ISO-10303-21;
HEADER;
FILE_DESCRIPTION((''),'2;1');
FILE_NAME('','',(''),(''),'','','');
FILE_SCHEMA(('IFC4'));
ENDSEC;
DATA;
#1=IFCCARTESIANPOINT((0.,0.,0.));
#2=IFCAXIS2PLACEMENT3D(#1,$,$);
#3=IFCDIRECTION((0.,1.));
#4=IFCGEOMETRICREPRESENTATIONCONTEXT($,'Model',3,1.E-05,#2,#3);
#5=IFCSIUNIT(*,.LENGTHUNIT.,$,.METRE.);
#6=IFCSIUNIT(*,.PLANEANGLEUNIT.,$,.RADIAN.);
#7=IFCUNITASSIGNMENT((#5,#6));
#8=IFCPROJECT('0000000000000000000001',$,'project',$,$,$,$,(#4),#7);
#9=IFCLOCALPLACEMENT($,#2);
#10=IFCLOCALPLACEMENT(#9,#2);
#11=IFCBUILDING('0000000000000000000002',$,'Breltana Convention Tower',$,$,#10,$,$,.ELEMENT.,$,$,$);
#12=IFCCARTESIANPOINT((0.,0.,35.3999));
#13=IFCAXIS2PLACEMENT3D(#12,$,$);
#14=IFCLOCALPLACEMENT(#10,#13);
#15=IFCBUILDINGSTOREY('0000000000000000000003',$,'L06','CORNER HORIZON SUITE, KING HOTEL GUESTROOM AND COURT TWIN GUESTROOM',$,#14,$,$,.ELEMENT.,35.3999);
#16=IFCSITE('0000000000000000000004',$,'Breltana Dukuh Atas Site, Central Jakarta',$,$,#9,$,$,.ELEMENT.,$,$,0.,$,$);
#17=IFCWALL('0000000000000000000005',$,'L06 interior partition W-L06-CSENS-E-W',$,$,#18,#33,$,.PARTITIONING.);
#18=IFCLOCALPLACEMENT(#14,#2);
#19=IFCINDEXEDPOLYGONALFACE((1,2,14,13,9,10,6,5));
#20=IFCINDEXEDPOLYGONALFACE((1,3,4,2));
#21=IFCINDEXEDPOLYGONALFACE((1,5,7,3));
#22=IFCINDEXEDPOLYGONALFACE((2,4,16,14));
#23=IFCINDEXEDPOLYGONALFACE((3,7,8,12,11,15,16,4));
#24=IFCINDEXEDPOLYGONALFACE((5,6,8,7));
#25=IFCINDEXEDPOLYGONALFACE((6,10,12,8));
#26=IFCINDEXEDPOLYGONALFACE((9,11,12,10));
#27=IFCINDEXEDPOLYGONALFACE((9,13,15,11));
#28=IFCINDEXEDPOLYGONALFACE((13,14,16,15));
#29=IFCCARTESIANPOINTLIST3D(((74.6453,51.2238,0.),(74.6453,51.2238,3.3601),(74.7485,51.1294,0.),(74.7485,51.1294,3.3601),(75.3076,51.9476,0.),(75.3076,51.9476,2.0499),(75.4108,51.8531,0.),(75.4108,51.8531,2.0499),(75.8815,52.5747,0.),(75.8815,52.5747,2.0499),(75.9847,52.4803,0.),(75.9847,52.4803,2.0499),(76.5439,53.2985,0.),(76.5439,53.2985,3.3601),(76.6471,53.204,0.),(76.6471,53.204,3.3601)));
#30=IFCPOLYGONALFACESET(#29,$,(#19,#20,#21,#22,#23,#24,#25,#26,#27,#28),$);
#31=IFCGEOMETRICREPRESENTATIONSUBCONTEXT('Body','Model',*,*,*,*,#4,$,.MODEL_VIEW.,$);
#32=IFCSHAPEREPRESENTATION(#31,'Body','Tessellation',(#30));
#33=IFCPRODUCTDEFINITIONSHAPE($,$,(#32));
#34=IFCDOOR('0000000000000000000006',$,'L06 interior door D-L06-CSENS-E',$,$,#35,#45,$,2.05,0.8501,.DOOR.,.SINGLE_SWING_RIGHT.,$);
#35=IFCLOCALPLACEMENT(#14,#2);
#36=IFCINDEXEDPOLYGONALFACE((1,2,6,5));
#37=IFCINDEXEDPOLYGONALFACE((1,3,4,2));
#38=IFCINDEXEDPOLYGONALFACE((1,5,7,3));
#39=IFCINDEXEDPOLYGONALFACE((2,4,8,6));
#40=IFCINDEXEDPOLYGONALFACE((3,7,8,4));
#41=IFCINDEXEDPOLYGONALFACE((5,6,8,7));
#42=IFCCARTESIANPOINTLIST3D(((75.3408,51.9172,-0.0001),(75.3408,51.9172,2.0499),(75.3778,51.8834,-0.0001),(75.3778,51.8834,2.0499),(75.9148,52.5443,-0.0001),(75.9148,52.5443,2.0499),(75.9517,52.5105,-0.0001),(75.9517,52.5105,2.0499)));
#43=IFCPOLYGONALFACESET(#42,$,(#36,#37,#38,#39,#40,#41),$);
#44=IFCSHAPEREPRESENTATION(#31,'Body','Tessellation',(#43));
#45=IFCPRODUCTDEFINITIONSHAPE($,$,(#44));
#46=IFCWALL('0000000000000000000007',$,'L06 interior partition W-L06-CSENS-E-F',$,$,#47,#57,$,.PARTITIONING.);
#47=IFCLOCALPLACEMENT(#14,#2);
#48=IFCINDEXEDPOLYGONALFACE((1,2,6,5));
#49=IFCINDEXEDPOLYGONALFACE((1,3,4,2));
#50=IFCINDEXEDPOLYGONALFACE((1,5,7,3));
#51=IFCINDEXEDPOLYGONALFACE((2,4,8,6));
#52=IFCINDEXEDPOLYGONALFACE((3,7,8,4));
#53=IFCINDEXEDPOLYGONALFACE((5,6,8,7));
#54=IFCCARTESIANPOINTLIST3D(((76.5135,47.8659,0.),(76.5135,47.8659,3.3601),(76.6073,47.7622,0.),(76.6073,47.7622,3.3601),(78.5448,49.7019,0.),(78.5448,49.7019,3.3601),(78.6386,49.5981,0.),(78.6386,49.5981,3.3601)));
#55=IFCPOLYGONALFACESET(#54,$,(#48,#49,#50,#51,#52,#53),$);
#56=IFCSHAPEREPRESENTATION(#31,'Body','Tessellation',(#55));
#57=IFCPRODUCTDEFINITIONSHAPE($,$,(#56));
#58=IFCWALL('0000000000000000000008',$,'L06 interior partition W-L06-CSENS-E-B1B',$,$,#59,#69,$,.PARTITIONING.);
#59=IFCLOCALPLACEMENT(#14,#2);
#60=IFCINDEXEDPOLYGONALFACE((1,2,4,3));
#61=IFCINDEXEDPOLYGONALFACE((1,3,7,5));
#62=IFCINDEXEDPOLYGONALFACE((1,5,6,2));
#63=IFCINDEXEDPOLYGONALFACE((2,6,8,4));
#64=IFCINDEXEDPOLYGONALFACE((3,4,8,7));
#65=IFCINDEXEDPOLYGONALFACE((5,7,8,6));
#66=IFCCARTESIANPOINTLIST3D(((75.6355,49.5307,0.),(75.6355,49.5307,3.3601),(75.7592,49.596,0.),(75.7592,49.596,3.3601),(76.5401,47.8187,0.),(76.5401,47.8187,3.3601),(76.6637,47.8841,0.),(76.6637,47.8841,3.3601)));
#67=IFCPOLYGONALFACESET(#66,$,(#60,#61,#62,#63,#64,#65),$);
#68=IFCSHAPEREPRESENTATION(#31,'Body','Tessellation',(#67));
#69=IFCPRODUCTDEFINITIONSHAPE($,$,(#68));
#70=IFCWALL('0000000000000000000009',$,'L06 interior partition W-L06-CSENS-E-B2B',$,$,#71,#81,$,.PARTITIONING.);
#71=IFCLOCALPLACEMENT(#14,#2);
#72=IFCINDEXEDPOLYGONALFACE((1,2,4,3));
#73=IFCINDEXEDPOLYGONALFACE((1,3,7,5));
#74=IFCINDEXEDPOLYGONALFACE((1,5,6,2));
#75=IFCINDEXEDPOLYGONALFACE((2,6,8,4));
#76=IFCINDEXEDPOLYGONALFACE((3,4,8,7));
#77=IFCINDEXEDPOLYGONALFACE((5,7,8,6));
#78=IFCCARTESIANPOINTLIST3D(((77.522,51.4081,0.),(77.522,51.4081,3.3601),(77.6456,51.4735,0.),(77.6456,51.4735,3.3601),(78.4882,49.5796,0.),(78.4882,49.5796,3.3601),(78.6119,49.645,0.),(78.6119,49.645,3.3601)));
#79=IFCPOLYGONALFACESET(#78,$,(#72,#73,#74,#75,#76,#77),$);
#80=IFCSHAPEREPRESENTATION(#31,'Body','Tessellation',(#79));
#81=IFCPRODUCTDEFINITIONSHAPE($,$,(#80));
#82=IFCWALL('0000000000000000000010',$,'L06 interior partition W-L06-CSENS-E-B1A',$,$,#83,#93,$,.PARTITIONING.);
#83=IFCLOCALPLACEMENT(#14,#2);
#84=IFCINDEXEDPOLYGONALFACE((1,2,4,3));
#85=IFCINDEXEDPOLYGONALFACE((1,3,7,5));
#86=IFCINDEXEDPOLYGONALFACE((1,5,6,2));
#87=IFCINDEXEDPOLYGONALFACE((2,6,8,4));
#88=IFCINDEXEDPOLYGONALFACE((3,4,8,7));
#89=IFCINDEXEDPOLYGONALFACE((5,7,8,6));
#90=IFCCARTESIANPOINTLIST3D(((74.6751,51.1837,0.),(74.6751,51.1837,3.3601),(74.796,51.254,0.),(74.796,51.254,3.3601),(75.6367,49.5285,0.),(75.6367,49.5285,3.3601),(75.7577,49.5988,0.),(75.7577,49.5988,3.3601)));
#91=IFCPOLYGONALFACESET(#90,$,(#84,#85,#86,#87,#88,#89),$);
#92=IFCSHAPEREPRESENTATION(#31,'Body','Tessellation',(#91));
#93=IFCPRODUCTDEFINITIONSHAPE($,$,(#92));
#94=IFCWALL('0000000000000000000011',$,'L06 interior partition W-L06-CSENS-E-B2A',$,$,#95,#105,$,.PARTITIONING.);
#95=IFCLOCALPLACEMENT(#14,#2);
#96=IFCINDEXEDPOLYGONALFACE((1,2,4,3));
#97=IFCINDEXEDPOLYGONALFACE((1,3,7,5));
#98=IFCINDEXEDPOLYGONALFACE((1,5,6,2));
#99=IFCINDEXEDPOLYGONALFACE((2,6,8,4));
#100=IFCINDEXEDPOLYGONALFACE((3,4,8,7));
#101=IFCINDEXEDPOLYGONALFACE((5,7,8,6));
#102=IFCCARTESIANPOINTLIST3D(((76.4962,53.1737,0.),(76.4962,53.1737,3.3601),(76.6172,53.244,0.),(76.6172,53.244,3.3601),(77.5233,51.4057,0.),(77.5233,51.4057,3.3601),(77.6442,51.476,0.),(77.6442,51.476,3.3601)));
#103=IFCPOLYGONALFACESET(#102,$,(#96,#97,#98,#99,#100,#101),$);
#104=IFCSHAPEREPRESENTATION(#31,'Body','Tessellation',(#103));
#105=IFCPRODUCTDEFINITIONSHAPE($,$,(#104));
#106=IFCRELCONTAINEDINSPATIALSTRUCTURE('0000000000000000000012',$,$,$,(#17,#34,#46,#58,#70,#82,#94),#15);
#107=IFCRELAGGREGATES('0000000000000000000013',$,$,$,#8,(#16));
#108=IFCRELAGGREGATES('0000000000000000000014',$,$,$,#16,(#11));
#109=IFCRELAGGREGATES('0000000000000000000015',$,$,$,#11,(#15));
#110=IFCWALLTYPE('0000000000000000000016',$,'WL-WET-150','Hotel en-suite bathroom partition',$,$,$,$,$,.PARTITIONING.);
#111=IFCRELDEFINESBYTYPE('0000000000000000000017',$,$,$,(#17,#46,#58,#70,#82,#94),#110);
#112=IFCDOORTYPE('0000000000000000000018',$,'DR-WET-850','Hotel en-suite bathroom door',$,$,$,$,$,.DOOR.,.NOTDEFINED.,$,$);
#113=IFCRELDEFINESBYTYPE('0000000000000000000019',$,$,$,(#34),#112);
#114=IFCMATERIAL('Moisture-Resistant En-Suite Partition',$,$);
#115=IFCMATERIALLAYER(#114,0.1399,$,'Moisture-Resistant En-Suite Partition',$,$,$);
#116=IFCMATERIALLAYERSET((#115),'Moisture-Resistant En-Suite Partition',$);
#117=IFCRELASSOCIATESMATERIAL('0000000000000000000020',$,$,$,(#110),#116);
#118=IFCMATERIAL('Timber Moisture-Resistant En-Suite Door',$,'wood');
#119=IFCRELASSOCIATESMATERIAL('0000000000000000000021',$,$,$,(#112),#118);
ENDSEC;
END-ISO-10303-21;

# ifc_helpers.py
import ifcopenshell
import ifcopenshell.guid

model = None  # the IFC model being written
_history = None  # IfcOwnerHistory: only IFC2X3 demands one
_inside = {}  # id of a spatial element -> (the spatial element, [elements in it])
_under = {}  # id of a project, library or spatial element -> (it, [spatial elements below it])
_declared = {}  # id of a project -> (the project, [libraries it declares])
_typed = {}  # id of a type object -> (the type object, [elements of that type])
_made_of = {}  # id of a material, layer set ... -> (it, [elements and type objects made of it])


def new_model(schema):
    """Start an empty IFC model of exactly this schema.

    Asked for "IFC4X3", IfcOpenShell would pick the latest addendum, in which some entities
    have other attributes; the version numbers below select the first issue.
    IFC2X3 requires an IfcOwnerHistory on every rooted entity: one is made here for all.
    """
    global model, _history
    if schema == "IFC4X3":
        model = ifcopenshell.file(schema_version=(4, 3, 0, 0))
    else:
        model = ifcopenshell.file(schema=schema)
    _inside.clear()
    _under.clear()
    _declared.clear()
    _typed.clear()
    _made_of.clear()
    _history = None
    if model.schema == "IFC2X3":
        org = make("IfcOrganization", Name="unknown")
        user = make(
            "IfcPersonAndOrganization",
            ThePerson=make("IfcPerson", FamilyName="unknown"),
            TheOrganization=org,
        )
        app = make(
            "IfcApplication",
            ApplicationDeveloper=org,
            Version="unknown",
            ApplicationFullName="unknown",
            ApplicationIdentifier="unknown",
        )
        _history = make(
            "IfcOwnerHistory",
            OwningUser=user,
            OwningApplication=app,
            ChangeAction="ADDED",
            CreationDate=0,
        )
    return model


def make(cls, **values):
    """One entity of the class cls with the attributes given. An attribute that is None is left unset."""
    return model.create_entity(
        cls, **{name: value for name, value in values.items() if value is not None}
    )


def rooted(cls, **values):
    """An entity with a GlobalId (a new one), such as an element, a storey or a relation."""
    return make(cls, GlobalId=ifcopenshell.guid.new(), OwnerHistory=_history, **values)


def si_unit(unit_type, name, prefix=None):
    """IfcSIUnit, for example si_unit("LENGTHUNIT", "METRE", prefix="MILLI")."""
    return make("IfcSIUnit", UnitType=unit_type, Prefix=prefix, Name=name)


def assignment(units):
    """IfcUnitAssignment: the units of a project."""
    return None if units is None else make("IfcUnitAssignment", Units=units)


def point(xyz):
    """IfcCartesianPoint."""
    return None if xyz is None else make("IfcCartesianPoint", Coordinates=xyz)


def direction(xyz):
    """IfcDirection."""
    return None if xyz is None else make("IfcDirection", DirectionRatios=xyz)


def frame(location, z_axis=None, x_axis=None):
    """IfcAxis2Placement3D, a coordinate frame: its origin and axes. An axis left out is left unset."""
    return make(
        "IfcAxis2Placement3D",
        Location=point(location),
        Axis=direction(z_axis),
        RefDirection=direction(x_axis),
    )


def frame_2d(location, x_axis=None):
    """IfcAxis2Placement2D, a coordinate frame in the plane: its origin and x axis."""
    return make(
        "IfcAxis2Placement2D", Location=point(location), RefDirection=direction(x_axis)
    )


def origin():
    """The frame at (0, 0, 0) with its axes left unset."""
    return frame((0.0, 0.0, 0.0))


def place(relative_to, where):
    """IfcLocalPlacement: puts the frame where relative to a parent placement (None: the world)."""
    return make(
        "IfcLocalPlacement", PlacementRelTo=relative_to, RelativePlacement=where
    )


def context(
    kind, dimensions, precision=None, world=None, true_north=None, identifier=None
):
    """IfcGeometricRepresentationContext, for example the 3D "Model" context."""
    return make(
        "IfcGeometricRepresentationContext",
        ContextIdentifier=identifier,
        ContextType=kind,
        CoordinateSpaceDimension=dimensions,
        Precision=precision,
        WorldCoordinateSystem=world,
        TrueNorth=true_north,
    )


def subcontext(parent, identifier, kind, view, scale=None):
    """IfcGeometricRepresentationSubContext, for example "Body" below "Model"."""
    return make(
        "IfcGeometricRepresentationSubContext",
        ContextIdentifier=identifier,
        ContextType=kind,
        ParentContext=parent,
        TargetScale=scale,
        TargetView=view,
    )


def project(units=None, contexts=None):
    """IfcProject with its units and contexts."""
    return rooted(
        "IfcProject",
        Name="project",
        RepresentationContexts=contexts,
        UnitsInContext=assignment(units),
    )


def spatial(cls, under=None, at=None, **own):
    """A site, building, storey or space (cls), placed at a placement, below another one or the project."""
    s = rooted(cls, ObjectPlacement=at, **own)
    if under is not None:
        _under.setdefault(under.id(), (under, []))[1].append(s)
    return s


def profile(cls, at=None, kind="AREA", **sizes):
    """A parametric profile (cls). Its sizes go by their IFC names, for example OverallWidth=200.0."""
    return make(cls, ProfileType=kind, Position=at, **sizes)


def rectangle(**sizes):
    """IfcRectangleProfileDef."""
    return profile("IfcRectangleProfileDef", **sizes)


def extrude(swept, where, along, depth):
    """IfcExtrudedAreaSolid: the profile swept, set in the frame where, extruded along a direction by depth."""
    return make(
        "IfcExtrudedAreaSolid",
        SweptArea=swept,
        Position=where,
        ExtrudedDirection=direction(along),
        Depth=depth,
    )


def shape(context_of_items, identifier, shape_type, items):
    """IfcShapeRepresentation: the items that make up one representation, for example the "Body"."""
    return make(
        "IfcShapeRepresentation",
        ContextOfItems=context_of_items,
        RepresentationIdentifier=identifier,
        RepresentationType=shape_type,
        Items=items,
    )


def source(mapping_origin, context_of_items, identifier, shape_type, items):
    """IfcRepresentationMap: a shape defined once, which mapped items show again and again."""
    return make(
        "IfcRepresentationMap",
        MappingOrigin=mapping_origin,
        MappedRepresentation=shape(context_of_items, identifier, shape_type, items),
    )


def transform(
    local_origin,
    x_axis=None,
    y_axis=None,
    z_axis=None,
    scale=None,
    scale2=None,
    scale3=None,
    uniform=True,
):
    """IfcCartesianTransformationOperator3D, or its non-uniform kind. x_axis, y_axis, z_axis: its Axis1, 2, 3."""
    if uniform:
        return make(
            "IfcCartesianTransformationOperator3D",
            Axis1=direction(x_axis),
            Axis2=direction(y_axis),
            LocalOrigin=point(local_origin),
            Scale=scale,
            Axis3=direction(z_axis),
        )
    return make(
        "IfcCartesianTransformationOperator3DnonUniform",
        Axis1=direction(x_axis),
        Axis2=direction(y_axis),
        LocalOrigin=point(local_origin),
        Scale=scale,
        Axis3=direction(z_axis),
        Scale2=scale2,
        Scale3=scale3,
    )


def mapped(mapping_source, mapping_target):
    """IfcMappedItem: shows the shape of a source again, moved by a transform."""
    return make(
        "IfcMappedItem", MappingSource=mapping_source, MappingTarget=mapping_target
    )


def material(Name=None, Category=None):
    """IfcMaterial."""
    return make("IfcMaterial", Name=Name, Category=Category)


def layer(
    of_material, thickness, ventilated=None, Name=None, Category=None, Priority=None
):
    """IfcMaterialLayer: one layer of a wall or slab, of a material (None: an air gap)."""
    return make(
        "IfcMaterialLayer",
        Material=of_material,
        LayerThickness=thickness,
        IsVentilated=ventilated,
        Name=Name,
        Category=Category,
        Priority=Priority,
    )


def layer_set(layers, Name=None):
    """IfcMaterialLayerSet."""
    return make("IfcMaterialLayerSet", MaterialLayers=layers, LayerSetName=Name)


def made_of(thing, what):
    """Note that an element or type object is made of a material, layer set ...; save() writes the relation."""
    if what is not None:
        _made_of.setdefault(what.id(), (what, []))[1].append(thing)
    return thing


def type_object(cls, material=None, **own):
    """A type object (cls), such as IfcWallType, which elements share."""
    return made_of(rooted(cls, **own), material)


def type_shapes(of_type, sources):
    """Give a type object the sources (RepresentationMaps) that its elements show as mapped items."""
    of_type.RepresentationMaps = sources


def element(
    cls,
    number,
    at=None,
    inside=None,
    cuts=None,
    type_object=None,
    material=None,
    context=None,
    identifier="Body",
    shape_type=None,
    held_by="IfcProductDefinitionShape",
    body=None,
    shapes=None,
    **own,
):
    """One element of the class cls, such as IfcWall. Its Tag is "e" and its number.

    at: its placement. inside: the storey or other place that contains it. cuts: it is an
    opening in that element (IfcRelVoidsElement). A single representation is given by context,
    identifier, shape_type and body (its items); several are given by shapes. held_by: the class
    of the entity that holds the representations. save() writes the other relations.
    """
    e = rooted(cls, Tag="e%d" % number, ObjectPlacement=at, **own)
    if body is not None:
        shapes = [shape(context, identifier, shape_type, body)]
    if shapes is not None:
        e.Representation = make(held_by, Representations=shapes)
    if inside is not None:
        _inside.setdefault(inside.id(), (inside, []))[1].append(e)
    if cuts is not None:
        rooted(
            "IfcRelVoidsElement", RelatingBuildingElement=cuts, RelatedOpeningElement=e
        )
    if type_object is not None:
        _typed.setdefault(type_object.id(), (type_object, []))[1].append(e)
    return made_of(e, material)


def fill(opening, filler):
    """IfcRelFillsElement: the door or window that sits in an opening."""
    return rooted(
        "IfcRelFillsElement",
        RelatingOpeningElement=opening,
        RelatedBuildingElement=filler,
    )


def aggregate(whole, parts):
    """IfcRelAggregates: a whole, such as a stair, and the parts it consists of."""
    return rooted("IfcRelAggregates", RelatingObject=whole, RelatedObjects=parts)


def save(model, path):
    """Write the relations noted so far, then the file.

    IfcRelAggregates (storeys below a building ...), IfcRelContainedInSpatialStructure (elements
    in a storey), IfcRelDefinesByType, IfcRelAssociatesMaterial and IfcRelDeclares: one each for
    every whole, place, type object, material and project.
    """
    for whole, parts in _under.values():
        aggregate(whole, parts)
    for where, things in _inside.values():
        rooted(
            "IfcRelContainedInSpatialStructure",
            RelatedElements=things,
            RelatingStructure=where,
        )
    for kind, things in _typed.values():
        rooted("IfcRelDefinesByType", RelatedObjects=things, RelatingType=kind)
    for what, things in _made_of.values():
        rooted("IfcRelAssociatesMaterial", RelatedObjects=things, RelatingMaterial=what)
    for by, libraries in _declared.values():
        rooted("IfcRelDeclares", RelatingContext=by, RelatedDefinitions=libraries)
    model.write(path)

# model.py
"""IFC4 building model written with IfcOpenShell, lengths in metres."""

from ifc_helpers import new_model, si_unit, direction, frame, frame_2d, origin, place, context, subcontext, project, spatial, rectangle, extrude, source, transform, mapped, material, layer, layer_set, type_object, type_shapes, element, fill, save


model = new_model("IFC4")

# Units and contexts
model_context = context("Model", 3, precision=1e-05, world=origin(), true_north=direction((0.0, 1.0)))
body_context = subcontext(model_context, "Body", "Model", "MODEL_VIEW")
ifc_project = project(units=[si_unit("LENGTHUNIT", "METRE"), si_unit("PLANEANGLEUNIT", "RADIAN")], contexts=[model_context])

# Site, building, storey
site_placement = place(None, origin())
site = spatial("IfcSite", under=ifc_project, at=site_placement, Name="Breltana Dukuh Atas Site, Central Jakarta", CompositionType="ELEMENT", RefElevation=0.0)
building_placement = place(site_placement, origin())
building = spatial("IfcBuilding", under=site, at=building_placement, Name="Breltana Convention Tower", CompositionType="ELEMENT")
storey_placement = place(building_placement, frame((0.0, 0.0, 35.3999)))
storey = spatial("IfcBuildingStorey", under=building, at=storey_placement, Name="L06", Description="CORNER HORIZON SUITE, KING HOTEL GUESTROOM AND COURT TWIN GUESTROOM", CompositionType="ELEMENT", Elevation=35.3999)

# Shared definitions
ifc_material_1 = material(Name="Moisture-Resistant En-Suite Partition")
ifc_layer_1 = layer(ifc_material_1, 0.1399, Name="Moisture-Resistant En-Suite Partition")
ifc_layer_set_1 = layer_set([ifc_layer_1], Name="Moisture-Resistant En-Suite Partition")
wall_type_1 = type_object("IfcWallType", Name="WL-WET-150", Description="Hotel en-suite bathroom partition", PredefinedType="PARTITIONING", material=ifc_layer_set_1)

# Wall, opening, door
ifc_material_2 = material(Name="Timber Moisture-Resistant En-Suite Door", Category="wood")
door_type_1 = type_object("IfcDoorType", Name="DR-WET-850", Description="Hotel en-suite bathroom door", OperationType="NOTDEFINED", PredefinedType="DOOR", material=ifc_material_2)
shared_shape_1 = source(origin(), body_context, "Body", "SweptSolid", [
    extrude(rectangle(XDim=0.8501, YDim=2.05, at=frame_2d((0.425, 1.0249))), frame((0.0, 0.0249, 0.0), z_axis=(0.0, -1.0, 0.0), x_axis=(1.0, 0.0, 0.0)), (0.0, 0.0, 1.0), 0.05),
])
type_shapes(door_type_1, [shared_shape_1])
shared_shape_2 = source(origin(), body_context, "Body", "SweptSolid", [
    extrude(rectangle(XDim=2.8123, YDim=0.1399, at=frame_2d((1.4062, 0.0))), origin(), (0.0, 0.0, 1.0), 3.3601),
])
wall_1_placement = place(storey_placement, frame((74.6968, 51.1765, 0.0), z_axis=(0.0, 0.0, 1.0), x_axis=(0.675119, 0.737709, 0.0)))
wall_1 = element("IfcWall", 1, at=wall_1_placement, inside=storey, type_object=wall_type_1, Name="L06 interior partition W-L06-CSENS-E-W", PredefinedType="PARTITIONING", context=body_context, shape_type="MappedRepresentation", body=[
    mapped(shared_shape_2, transform((0.0, 0.0, 0.0), scale=1.0)),
])
opening_1_placement = place(wall_1_placement, frame((0.9812, 0.0, 0.0)))
opening_1 = element("IfcOpeningElement", 2, at=opening_1_placement, cuts=wall_1, PredefinedType="OPENING", context=body_context, shape_type="SweptSolid", body=[
    extrude(rectangle(XDim=0.8501, YDim=2.05, at=frame_2d((0.425, 1.0249))), frame((0.0, 0.0801, 0.0), z_axis=(0.0, -1.0, 0.0), x_axis=(1.0, 0.0, 0.0)), (0.0, 0.0, 1.0), 0.1599),
])
door_1_placement = place(opening_1_placement, origin())
door_1 = element("IfcDoor", 3, at=door_1_placement, inside=storey, type_object=door_type_1, Name="L06 interior door D-L06-CSENS-E", OperationType="SINGLE_SWING_RIGHT", OverallHeight=2.05, OverallWidth=0.8501, PredefinedType="DOOR", context=body_context, shape_type="MappedRepresentation", body=[
    mapped(shared_shape_1, transform((0.0, 0.0, 0.0), scale=1.0)),
])
fill(opening_1, door_1)

# Walls
shared_shape_3 = source(origin(), body_context, "Body", "SweptSolid", [
    extrude(rectangle(XDim=2.738, YDim=0.1399, at=frame_2d((1.3691, 0.0))), origin(), (0.0, 0.0, 1.0), 3.3601),
])
wall_2_placement = place(storey_placement, frame((76.5603, 47.814, 0.0), z_axis=(0.0, 0.0, 1.0), x_axis=(0.741874, 0.67054, 0.0)))
element("IfcWall", 4, at=wall_2_placement, inside=storey, type_object=wall_type_1, Name="L06 interior partition W-L06-CSENS-E-F", PredefinedType="PARTITIONING", context=body_context, shape_type="MappedRepresentation", body=[
    mapped(shared_shape_3, transform((0.0, 0.0, 0.0), scale=1.0)),
])
shared_shape_4 = source(origin(), body_context, "Body", "SweptSolid", [
    extrude(rectangle(XDim=1.9363, YDim=0.1399, at=frame_2d((0.9683, 0.0))), origin(), (0.0, 0.0, 1.0), 3.3601),
])
wall_3_placement = place(storey_placement, frame((75.6973, 49.5635, 0.0), z_axis=(0.0, 0.0, 1.0), x_axis=(0.467175, -0.884165, 0.0)))
element("IfcWall", 5, at=wall_3_placement, inside=storey, type_object=wall_type_1, Name="L06 interior partition W-L06-CSENS-E-B1B", PredefinedType="PARTITIONING", context=body_context, shape_type="MappedRepresentation", body=[
    mapped(shared_shape_4, transform((0.0, 0.0, 0.0), scale=1.0)),
])
shared_shape_5 = source(origin(), body_context, "Body", "SweptSolid", [
    extrude(rectangle(XDim=2.0681, YDim=0.1399, at=frame_2d((1.0342, 0.0))), origin(), (0.0, 0.0, 1.0), 3.3601),
])
wall_4_placement = place(storey_placement, frame((77.5837, 51.4409, 0.0), z_axis=(0.0, 0.0, 1.0), x_axis=(0.467215, -0.884144, 0.0)))
element("IfcWall", 6, at=wall_4_placement, inside=storey, type_object=wall_type_1, Name="L06 interior partition W-L06-CSENS-E-B2B", PredefinedType="PARTITIONING", context=body_context, shape_type="MappedRepresentation", body=[
    mapped(shared_shape_5, transform((0.0, 0.0, 0.0), scale=1.0)),
])
shared_shape_6 = source(origin(), body_context, "Body", "SweptSolid", [
    extrude(rectangle(XDim=1.9143, YDim=0.1399, at=frame_2d((0.957, 0.0))), origin(), (0.0, 0.0, 1.0), 3.3601),
])
wall_5_placement = place(storey_placement, frame((74.7356, 51.2188, 0.0), z_axis=(0.0, 0.0, 1.0), x_axis=(0.502348, -0.864666, 0.0)))
element("IfcWall", 7, at=wall_5_placement, inside=storey, type_object=wall_type_1, Name="L06 interior partition W-L06-CSENS-E-B1A", PredefinedType="PARTITIONING", context=body_context, shape_type="MappedRepresentation", body=[
    mapped(shared_shape_6, transform((0.0, 0.0, 0.0), scale=1.0)),
])
shared_shape_7 = source(origin(), body_context, "Body", "SweptSolid", [
    extrude(rectangle(XDim=2.0447, YDim=0.1399, at=frame_2d((1.0225, 0.0))), origin(), (0.0, 0.0, 1.0), 3.3601),
])
wall_6_placement = place(storey_placement, frame((76.5566, 53.209, 0.0), z_axis=(0.0, 0.0, 1.0), x_axis=(0.502311, -0.864687, 0.0)))
element("IfcWall", 8, at=wall_6_placement, inside=storey, type_object=wall_type_1, Name="L06 interior partition W-L06-CSENS-E-B2A", PredefinedType="PARTITIONING", context=body_context, shape_type="MappedRepresentation", body=[
    mapped(shared_shape_7, transform((0.0, 0.0, 0.0), scale=1.0)),
])

save(model, "model.ifc")
